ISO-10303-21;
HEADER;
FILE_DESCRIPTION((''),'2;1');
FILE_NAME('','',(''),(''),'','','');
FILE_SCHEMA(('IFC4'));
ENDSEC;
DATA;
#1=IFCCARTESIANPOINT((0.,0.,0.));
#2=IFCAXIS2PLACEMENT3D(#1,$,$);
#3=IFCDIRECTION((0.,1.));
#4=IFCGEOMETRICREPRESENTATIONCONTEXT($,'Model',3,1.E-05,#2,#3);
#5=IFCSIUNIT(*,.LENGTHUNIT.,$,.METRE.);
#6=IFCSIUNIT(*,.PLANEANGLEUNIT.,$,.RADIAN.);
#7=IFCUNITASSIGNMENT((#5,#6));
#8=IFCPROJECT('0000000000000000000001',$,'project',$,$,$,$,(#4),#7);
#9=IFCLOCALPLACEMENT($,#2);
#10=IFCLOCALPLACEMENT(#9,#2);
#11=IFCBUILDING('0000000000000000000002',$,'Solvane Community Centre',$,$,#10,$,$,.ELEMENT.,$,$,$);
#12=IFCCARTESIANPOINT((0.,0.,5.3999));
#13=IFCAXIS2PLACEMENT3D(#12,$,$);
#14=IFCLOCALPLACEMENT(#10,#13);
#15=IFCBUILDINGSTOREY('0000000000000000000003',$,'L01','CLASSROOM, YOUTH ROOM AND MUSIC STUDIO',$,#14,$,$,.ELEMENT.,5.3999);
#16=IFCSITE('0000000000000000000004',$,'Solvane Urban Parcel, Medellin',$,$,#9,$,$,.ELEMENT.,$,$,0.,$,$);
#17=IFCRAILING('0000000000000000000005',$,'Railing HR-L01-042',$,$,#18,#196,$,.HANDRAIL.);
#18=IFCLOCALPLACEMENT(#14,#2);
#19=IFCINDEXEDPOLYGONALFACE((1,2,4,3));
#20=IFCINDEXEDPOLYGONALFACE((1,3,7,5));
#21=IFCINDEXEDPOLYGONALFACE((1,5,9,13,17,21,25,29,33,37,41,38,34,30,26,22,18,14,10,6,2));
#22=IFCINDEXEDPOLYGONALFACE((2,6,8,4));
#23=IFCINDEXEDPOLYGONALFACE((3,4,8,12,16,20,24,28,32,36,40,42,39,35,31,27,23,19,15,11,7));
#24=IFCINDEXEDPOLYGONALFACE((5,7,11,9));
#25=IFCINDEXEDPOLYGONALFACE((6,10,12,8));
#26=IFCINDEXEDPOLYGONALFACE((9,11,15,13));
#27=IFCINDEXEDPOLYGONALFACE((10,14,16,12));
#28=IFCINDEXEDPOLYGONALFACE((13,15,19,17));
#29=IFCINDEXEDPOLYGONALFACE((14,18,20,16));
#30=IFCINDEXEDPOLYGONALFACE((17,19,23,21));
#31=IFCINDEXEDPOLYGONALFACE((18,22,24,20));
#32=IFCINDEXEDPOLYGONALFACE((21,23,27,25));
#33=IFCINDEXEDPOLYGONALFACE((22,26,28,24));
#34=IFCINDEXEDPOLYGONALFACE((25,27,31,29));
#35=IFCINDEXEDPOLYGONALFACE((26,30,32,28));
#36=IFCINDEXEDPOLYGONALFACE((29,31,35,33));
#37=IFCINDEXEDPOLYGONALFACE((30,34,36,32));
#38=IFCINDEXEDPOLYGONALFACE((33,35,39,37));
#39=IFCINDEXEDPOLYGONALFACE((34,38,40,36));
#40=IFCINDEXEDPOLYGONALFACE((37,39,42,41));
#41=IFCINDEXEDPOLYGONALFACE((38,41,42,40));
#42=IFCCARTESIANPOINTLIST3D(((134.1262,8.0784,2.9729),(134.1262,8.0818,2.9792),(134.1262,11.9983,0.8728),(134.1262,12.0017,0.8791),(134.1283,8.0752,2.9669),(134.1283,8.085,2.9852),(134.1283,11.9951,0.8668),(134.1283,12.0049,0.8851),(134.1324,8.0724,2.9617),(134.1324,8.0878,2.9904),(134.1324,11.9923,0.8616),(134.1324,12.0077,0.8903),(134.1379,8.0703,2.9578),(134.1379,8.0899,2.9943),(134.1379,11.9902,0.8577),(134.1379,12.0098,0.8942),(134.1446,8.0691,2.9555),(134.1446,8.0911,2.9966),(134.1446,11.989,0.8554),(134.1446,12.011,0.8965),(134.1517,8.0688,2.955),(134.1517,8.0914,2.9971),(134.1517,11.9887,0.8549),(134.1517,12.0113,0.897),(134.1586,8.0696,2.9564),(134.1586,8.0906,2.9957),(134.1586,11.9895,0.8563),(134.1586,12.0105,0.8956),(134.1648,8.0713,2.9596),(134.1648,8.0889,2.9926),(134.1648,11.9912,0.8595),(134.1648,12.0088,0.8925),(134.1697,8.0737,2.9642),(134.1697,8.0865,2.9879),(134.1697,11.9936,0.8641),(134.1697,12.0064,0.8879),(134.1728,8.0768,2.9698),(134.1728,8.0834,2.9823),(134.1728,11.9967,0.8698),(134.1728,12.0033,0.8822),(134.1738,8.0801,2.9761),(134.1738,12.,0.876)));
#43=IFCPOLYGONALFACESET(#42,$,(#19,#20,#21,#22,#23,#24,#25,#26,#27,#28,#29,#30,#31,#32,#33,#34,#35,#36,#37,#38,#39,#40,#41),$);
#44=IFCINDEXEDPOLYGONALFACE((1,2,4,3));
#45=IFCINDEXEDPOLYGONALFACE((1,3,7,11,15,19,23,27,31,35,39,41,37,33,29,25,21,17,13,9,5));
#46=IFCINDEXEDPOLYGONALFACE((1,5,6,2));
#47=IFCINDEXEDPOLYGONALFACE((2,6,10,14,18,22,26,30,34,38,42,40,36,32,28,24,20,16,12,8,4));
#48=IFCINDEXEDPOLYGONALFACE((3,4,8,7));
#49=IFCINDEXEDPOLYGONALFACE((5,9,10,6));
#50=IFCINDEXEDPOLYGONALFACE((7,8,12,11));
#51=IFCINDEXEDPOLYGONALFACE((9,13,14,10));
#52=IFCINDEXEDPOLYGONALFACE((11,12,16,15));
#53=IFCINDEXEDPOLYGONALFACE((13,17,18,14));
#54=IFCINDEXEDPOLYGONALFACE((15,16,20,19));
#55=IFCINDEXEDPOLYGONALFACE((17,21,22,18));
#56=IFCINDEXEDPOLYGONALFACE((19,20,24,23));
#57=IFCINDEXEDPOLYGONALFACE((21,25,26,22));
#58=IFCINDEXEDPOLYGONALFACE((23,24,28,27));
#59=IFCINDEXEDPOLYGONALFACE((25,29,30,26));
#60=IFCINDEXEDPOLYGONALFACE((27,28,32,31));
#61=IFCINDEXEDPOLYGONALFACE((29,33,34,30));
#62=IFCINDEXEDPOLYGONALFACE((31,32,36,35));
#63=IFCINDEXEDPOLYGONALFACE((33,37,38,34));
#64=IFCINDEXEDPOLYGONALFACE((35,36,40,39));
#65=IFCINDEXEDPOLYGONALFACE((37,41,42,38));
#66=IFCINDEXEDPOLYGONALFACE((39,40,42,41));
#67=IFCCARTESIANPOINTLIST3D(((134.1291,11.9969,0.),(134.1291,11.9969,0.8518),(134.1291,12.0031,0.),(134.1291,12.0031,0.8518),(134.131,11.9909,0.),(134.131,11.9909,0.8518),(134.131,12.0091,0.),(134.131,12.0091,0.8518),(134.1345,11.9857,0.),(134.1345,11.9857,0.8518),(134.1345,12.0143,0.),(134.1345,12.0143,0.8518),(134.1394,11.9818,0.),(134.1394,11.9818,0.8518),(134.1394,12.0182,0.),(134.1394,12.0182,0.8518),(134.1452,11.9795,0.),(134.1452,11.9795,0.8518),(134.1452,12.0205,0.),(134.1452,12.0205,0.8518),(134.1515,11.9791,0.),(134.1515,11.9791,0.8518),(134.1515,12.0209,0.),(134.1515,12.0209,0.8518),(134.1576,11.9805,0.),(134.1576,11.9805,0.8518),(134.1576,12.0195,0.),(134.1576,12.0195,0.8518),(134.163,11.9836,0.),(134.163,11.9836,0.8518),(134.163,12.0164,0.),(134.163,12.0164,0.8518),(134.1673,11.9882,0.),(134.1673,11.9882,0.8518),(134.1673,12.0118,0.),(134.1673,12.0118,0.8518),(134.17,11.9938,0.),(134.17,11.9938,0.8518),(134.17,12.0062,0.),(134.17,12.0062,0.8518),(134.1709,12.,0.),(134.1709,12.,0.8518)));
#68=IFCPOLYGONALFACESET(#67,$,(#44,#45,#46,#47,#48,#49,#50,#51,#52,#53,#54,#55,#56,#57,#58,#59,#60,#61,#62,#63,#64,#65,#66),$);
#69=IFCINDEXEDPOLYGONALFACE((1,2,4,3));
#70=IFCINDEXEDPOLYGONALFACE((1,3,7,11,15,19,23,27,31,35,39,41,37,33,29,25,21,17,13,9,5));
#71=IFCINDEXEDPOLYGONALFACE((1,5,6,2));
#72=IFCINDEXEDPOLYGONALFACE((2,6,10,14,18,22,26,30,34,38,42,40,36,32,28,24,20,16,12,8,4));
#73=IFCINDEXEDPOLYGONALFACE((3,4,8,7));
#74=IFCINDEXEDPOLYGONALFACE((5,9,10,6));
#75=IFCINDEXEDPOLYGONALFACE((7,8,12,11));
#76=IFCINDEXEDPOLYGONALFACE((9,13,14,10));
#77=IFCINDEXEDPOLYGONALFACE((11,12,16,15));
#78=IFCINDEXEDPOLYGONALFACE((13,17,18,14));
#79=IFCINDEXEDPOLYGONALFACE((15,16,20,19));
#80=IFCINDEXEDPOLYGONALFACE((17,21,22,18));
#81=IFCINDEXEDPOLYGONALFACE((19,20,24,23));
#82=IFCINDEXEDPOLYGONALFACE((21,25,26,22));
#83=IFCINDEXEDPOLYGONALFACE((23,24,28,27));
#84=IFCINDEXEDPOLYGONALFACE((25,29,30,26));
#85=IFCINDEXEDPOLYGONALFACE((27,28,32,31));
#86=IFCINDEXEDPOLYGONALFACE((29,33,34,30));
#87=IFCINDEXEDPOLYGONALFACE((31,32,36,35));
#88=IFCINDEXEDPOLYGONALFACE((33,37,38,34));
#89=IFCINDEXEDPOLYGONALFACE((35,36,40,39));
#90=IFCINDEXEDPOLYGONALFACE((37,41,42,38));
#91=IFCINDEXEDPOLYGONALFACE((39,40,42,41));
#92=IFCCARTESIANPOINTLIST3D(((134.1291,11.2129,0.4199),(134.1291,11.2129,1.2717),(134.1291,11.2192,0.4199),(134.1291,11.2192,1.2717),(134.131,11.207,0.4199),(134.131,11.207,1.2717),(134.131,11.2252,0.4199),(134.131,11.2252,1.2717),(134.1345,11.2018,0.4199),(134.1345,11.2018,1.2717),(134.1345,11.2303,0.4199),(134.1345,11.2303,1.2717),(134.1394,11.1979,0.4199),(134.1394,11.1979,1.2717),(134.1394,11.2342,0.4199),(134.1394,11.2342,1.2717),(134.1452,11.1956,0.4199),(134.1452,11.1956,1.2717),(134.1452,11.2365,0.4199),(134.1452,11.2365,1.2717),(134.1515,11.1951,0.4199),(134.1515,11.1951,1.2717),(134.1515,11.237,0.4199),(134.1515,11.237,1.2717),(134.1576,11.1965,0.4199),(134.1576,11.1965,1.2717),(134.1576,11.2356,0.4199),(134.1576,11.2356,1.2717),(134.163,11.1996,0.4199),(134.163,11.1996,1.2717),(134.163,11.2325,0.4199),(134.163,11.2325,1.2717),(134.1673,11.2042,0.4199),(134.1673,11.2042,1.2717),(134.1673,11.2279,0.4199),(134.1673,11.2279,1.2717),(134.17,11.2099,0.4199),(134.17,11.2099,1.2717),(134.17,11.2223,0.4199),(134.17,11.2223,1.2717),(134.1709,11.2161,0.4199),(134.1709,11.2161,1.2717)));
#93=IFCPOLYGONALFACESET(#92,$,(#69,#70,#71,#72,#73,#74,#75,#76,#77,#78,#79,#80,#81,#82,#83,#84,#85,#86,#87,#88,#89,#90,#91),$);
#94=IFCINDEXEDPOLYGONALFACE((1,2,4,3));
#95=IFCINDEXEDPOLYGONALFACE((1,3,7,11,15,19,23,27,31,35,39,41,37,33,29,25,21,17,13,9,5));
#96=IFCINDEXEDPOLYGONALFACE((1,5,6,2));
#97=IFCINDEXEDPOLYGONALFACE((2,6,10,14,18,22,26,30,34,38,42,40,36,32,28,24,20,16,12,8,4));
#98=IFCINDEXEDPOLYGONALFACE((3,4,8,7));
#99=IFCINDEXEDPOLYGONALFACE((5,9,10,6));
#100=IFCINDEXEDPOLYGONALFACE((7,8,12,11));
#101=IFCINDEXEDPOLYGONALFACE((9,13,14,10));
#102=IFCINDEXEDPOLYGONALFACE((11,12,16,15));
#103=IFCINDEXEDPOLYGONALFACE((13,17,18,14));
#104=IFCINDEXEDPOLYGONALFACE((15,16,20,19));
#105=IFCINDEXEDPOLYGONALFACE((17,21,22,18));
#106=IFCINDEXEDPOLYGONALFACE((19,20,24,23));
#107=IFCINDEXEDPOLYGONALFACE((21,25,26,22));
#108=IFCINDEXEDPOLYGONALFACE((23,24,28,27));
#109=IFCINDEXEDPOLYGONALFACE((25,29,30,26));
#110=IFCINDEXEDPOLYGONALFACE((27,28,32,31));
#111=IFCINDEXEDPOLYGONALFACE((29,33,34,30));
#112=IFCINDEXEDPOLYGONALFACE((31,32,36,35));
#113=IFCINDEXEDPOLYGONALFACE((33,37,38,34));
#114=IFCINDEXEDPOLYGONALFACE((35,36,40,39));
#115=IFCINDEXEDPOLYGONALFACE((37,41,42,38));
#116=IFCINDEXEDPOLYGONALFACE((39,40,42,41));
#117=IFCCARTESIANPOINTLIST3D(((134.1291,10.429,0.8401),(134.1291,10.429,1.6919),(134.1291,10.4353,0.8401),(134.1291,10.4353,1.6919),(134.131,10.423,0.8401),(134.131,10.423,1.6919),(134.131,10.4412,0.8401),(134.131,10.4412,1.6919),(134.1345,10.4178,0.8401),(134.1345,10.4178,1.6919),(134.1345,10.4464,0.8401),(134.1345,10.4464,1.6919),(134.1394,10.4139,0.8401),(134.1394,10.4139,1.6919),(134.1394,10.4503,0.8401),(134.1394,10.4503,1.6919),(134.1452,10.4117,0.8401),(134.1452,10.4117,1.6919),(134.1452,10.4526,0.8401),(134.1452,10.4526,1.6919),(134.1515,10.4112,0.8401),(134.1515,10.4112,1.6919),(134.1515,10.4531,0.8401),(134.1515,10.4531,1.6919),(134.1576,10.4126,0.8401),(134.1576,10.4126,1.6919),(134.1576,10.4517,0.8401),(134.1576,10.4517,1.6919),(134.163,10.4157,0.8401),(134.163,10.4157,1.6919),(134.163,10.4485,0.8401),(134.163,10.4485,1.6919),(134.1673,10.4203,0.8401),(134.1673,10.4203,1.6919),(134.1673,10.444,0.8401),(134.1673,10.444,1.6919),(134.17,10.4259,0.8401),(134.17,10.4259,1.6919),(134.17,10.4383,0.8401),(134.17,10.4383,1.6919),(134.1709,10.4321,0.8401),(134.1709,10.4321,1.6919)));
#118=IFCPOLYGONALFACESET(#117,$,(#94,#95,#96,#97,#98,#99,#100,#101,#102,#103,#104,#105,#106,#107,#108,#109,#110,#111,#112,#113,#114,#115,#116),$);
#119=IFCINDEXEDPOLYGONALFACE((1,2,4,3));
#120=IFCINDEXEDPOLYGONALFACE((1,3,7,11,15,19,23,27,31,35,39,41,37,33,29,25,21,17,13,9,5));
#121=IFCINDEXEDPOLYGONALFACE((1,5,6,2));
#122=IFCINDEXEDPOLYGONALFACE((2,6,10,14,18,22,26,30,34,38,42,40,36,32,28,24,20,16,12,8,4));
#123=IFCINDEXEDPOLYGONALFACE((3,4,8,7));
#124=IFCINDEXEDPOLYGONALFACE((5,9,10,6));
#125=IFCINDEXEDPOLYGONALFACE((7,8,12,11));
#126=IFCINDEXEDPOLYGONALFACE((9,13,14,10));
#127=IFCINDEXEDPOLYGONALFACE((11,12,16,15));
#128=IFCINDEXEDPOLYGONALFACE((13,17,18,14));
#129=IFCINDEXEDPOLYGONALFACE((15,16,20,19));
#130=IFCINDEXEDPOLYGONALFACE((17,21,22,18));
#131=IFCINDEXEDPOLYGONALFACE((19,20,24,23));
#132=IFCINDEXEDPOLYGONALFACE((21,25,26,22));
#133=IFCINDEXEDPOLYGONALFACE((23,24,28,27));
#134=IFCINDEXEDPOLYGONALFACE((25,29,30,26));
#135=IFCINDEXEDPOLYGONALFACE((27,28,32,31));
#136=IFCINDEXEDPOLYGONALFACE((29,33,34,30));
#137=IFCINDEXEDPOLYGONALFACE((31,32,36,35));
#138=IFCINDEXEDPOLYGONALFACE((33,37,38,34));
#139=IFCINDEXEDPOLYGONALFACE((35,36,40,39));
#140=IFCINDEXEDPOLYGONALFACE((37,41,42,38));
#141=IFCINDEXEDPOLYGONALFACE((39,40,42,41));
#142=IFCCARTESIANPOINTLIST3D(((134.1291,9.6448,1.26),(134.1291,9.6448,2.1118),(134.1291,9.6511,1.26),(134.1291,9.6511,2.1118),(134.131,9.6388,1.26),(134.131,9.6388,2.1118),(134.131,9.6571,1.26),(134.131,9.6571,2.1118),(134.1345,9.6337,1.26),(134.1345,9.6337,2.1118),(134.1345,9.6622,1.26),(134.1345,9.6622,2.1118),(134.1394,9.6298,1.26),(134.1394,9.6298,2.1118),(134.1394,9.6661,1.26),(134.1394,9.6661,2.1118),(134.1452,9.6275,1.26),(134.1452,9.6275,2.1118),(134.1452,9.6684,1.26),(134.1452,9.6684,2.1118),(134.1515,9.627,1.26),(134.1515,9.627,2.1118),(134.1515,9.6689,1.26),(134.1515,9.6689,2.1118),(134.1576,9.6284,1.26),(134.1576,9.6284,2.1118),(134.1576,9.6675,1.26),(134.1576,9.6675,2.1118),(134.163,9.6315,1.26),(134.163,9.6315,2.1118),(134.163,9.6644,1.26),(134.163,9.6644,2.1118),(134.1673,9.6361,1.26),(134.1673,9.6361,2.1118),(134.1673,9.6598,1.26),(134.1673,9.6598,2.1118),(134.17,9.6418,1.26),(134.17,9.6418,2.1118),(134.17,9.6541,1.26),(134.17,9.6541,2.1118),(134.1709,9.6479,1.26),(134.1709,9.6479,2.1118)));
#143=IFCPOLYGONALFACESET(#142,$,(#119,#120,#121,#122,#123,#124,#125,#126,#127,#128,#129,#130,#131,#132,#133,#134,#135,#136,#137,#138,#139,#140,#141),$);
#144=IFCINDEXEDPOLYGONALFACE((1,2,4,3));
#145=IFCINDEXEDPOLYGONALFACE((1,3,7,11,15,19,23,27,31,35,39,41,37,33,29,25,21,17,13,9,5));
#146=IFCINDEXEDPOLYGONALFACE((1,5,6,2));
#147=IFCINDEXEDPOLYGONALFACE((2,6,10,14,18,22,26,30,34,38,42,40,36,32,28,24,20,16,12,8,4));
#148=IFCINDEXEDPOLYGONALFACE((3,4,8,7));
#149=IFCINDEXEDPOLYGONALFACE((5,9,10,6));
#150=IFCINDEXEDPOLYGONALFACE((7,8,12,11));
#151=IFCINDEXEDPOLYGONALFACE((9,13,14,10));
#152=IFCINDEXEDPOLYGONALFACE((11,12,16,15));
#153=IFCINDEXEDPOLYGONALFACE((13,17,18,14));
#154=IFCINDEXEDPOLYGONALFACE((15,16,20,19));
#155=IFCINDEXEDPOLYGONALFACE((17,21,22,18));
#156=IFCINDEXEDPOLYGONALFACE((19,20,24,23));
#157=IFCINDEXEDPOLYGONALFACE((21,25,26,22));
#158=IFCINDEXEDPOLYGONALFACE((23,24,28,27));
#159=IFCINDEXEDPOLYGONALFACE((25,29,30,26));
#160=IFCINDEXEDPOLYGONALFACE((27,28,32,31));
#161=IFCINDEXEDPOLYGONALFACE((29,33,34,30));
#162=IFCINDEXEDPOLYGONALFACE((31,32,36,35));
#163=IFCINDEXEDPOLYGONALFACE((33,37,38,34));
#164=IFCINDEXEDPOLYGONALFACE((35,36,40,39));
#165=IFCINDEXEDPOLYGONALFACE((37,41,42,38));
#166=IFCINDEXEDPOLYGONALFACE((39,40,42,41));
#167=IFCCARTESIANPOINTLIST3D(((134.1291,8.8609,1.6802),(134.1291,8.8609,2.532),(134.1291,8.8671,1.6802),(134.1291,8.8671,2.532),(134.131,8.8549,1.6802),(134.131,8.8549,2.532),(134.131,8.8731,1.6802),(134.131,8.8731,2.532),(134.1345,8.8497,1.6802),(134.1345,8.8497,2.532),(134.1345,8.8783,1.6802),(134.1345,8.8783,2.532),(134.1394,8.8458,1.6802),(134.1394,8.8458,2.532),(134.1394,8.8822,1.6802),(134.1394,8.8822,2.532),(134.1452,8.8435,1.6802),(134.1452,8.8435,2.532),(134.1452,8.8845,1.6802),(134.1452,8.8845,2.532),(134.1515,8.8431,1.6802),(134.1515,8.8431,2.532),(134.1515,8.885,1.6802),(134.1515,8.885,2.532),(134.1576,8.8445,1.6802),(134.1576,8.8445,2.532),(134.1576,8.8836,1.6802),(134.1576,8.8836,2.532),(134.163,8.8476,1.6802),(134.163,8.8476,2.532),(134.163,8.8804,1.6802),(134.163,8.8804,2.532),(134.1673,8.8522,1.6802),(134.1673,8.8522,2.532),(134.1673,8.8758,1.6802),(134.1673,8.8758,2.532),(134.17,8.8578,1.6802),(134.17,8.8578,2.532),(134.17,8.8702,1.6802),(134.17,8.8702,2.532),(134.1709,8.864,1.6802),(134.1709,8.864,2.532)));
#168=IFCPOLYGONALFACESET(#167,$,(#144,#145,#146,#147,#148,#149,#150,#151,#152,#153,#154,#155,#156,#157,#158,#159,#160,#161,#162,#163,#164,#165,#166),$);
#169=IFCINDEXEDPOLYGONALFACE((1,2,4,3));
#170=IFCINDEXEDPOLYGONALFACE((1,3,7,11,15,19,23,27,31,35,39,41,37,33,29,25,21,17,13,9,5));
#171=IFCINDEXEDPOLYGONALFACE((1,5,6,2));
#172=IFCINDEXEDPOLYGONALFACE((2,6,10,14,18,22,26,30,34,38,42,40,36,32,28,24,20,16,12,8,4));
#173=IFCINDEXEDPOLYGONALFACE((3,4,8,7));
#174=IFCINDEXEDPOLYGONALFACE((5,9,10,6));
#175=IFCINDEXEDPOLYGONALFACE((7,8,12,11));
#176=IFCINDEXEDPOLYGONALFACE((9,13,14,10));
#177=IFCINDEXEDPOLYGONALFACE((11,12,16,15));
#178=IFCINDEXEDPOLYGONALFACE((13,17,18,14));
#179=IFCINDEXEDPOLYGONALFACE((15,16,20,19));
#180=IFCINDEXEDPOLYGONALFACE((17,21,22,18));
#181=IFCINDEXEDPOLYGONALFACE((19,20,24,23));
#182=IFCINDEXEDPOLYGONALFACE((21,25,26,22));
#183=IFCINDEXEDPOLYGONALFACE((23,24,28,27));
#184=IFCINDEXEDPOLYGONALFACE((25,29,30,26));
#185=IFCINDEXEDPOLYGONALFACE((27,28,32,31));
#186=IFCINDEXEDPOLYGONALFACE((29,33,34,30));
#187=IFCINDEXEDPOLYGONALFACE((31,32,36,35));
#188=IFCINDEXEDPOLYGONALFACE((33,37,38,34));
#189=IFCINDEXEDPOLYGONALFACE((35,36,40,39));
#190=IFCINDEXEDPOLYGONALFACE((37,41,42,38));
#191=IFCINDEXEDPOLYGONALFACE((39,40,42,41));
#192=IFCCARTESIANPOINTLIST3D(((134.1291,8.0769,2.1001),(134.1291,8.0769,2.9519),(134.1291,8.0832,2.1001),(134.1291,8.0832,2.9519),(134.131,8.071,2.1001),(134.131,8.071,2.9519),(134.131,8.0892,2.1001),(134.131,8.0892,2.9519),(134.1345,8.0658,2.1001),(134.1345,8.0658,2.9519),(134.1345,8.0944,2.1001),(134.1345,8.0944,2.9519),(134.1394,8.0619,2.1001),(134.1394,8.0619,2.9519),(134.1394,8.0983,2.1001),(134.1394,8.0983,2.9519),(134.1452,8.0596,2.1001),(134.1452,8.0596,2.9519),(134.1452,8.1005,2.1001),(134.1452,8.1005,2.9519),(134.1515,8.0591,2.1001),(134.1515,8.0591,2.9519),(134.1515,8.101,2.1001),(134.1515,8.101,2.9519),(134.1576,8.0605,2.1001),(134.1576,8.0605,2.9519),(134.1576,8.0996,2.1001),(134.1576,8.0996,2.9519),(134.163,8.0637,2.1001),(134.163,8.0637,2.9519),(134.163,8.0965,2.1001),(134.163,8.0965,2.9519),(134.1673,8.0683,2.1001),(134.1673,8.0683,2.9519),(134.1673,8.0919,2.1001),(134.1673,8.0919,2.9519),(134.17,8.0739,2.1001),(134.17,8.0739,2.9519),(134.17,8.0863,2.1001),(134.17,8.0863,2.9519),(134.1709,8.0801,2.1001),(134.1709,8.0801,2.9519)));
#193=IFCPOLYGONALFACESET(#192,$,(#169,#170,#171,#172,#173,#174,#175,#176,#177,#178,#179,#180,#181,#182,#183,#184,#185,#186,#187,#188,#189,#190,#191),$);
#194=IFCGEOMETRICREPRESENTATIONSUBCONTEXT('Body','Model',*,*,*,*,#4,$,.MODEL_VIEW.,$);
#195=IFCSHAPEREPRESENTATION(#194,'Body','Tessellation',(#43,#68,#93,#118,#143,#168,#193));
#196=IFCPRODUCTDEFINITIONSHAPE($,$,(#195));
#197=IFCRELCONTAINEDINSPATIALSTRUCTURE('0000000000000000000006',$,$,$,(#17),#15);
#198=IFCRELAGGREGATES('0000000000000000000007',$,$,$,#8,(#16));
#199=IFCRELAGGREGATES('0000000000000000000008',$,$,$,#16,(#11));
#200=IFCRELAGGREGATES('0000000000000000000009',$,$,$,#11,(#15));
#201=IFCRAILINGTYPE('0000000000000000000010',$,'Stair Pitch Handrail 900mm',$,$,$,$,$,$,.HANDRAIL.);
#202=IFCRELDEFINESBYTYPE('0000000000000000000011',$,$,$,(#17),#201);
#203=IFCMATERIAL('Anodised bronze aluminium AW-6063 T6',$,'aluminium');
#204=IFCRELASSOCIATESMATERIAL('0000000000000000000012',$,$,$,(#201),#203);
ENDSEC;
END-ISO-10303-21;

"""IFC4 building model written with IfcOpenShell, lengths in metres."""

from ifc_helpers import new_model, si_unit, direction, frame, origin, origin_2d, place, context, subcontext, project, spatial, circle, extrude, material, type_object, element, save


model = new_model("IFC4")

# Units and contexts
model_context = context("Model", 3, precision=1e-05, world=origin(), true_north=direction((0.0, 1.0)))
body_context = subcontext(model_context, "Body", "Model", "MODEL_VIEW")
ifc_project = project(units=[si_unit("LENGTHUNIT", "METRE"), si_unit("PLANEANGLEUNIT", "RADIAN")], contexts=[model_context])

# Site, building, storey
site_placement = place(None, origin())
site = spatial("IfcSite", under=ifc_project, at=site_placement, Name="Solvane Urban Parcel, Medellin", CompositionType="ELEMENT", RefElevation=0.0)
building_placement = place(site_placement, origin())
building = spatial("IfcBuilding", under=site, at=building_placement, Name="Solvane Community Centre", CompositionType="ELEMENT")
storey_placement = place(building_placement, frame((0.0, 0.0, 5.3999)))
storey = spatial("IfcBuildingStorey", under=building, at=storey_placement, Name="L01", Description="CLASSROOM, YOUTH ROOM AND MUSIC STUDIO", CompositionType="ELEMENT", Elevation=5.3999)

# Shared definitions
ifc_material_1 = material(Name="Anodised bronze aluminium AW-6063 T6", Category="aluminium")

# Railing
railing_type_1 = type_object("IfcRailingType", Name="Stair Pitch Handrail 900mm", PredefinedType="HANDRAIL", material=ifc_material_1)
railing_1_placement = place(storey_placement, frame((134.1499, 12.0, 0.0)))
element("IfcRailing", 1, at=railing_1_placement, inside=storey, type_object=railing_type_1, Name="Railing HR-L01-042", PredefinedType="HANDRAIL", context=body_context, shape_type="SweptSolid", body=[
    extrude(circle(Radius=0.0239, at=origin_2d()), frame((0.0, 0.0, 0.876), z_axis=(0.0, -0.881467, 0.472246), x_axis=(1.0, 0.0, 0.0)), (0.0, 0.0, 1.0), 4.447),
    extrude(circle(Radius=0.021, at=origin_2d()), origin(), (0.0, 0.0, 1.0), 0.8518),
    extrude(circle(Radius=0.021, at=origin_2d()), frame((0.0, -0.7839, 0.4199)), (0.0, 0.0, 1.0), 0.8518),
    extrude(circle(Radius=0.021, at=origin_2d()), frame((0.0, -1.5679, 0.8401)), (0.0, 0.0, 1.0), 0.8518),
    extrude(circle(Radius=0.021, at=origin_2d()), frame((0.0, -2.3521, 1.26)), (0.0, 0.0, 1.0), 0.8518),
    extrude(circle(Radius=0.021, at=origin_2d()), frame((0.0, -3.136, 1.6802)), (0.0, 0.0, 1.0), 0.8518),
    extrude(circle(Radius=0.021, at=origin_2d()), frame((0.0, -3.9199, 2.1001)), (0.0, 0.0, 1.0), 0.8518),
])

save(model, "model.ifc")
